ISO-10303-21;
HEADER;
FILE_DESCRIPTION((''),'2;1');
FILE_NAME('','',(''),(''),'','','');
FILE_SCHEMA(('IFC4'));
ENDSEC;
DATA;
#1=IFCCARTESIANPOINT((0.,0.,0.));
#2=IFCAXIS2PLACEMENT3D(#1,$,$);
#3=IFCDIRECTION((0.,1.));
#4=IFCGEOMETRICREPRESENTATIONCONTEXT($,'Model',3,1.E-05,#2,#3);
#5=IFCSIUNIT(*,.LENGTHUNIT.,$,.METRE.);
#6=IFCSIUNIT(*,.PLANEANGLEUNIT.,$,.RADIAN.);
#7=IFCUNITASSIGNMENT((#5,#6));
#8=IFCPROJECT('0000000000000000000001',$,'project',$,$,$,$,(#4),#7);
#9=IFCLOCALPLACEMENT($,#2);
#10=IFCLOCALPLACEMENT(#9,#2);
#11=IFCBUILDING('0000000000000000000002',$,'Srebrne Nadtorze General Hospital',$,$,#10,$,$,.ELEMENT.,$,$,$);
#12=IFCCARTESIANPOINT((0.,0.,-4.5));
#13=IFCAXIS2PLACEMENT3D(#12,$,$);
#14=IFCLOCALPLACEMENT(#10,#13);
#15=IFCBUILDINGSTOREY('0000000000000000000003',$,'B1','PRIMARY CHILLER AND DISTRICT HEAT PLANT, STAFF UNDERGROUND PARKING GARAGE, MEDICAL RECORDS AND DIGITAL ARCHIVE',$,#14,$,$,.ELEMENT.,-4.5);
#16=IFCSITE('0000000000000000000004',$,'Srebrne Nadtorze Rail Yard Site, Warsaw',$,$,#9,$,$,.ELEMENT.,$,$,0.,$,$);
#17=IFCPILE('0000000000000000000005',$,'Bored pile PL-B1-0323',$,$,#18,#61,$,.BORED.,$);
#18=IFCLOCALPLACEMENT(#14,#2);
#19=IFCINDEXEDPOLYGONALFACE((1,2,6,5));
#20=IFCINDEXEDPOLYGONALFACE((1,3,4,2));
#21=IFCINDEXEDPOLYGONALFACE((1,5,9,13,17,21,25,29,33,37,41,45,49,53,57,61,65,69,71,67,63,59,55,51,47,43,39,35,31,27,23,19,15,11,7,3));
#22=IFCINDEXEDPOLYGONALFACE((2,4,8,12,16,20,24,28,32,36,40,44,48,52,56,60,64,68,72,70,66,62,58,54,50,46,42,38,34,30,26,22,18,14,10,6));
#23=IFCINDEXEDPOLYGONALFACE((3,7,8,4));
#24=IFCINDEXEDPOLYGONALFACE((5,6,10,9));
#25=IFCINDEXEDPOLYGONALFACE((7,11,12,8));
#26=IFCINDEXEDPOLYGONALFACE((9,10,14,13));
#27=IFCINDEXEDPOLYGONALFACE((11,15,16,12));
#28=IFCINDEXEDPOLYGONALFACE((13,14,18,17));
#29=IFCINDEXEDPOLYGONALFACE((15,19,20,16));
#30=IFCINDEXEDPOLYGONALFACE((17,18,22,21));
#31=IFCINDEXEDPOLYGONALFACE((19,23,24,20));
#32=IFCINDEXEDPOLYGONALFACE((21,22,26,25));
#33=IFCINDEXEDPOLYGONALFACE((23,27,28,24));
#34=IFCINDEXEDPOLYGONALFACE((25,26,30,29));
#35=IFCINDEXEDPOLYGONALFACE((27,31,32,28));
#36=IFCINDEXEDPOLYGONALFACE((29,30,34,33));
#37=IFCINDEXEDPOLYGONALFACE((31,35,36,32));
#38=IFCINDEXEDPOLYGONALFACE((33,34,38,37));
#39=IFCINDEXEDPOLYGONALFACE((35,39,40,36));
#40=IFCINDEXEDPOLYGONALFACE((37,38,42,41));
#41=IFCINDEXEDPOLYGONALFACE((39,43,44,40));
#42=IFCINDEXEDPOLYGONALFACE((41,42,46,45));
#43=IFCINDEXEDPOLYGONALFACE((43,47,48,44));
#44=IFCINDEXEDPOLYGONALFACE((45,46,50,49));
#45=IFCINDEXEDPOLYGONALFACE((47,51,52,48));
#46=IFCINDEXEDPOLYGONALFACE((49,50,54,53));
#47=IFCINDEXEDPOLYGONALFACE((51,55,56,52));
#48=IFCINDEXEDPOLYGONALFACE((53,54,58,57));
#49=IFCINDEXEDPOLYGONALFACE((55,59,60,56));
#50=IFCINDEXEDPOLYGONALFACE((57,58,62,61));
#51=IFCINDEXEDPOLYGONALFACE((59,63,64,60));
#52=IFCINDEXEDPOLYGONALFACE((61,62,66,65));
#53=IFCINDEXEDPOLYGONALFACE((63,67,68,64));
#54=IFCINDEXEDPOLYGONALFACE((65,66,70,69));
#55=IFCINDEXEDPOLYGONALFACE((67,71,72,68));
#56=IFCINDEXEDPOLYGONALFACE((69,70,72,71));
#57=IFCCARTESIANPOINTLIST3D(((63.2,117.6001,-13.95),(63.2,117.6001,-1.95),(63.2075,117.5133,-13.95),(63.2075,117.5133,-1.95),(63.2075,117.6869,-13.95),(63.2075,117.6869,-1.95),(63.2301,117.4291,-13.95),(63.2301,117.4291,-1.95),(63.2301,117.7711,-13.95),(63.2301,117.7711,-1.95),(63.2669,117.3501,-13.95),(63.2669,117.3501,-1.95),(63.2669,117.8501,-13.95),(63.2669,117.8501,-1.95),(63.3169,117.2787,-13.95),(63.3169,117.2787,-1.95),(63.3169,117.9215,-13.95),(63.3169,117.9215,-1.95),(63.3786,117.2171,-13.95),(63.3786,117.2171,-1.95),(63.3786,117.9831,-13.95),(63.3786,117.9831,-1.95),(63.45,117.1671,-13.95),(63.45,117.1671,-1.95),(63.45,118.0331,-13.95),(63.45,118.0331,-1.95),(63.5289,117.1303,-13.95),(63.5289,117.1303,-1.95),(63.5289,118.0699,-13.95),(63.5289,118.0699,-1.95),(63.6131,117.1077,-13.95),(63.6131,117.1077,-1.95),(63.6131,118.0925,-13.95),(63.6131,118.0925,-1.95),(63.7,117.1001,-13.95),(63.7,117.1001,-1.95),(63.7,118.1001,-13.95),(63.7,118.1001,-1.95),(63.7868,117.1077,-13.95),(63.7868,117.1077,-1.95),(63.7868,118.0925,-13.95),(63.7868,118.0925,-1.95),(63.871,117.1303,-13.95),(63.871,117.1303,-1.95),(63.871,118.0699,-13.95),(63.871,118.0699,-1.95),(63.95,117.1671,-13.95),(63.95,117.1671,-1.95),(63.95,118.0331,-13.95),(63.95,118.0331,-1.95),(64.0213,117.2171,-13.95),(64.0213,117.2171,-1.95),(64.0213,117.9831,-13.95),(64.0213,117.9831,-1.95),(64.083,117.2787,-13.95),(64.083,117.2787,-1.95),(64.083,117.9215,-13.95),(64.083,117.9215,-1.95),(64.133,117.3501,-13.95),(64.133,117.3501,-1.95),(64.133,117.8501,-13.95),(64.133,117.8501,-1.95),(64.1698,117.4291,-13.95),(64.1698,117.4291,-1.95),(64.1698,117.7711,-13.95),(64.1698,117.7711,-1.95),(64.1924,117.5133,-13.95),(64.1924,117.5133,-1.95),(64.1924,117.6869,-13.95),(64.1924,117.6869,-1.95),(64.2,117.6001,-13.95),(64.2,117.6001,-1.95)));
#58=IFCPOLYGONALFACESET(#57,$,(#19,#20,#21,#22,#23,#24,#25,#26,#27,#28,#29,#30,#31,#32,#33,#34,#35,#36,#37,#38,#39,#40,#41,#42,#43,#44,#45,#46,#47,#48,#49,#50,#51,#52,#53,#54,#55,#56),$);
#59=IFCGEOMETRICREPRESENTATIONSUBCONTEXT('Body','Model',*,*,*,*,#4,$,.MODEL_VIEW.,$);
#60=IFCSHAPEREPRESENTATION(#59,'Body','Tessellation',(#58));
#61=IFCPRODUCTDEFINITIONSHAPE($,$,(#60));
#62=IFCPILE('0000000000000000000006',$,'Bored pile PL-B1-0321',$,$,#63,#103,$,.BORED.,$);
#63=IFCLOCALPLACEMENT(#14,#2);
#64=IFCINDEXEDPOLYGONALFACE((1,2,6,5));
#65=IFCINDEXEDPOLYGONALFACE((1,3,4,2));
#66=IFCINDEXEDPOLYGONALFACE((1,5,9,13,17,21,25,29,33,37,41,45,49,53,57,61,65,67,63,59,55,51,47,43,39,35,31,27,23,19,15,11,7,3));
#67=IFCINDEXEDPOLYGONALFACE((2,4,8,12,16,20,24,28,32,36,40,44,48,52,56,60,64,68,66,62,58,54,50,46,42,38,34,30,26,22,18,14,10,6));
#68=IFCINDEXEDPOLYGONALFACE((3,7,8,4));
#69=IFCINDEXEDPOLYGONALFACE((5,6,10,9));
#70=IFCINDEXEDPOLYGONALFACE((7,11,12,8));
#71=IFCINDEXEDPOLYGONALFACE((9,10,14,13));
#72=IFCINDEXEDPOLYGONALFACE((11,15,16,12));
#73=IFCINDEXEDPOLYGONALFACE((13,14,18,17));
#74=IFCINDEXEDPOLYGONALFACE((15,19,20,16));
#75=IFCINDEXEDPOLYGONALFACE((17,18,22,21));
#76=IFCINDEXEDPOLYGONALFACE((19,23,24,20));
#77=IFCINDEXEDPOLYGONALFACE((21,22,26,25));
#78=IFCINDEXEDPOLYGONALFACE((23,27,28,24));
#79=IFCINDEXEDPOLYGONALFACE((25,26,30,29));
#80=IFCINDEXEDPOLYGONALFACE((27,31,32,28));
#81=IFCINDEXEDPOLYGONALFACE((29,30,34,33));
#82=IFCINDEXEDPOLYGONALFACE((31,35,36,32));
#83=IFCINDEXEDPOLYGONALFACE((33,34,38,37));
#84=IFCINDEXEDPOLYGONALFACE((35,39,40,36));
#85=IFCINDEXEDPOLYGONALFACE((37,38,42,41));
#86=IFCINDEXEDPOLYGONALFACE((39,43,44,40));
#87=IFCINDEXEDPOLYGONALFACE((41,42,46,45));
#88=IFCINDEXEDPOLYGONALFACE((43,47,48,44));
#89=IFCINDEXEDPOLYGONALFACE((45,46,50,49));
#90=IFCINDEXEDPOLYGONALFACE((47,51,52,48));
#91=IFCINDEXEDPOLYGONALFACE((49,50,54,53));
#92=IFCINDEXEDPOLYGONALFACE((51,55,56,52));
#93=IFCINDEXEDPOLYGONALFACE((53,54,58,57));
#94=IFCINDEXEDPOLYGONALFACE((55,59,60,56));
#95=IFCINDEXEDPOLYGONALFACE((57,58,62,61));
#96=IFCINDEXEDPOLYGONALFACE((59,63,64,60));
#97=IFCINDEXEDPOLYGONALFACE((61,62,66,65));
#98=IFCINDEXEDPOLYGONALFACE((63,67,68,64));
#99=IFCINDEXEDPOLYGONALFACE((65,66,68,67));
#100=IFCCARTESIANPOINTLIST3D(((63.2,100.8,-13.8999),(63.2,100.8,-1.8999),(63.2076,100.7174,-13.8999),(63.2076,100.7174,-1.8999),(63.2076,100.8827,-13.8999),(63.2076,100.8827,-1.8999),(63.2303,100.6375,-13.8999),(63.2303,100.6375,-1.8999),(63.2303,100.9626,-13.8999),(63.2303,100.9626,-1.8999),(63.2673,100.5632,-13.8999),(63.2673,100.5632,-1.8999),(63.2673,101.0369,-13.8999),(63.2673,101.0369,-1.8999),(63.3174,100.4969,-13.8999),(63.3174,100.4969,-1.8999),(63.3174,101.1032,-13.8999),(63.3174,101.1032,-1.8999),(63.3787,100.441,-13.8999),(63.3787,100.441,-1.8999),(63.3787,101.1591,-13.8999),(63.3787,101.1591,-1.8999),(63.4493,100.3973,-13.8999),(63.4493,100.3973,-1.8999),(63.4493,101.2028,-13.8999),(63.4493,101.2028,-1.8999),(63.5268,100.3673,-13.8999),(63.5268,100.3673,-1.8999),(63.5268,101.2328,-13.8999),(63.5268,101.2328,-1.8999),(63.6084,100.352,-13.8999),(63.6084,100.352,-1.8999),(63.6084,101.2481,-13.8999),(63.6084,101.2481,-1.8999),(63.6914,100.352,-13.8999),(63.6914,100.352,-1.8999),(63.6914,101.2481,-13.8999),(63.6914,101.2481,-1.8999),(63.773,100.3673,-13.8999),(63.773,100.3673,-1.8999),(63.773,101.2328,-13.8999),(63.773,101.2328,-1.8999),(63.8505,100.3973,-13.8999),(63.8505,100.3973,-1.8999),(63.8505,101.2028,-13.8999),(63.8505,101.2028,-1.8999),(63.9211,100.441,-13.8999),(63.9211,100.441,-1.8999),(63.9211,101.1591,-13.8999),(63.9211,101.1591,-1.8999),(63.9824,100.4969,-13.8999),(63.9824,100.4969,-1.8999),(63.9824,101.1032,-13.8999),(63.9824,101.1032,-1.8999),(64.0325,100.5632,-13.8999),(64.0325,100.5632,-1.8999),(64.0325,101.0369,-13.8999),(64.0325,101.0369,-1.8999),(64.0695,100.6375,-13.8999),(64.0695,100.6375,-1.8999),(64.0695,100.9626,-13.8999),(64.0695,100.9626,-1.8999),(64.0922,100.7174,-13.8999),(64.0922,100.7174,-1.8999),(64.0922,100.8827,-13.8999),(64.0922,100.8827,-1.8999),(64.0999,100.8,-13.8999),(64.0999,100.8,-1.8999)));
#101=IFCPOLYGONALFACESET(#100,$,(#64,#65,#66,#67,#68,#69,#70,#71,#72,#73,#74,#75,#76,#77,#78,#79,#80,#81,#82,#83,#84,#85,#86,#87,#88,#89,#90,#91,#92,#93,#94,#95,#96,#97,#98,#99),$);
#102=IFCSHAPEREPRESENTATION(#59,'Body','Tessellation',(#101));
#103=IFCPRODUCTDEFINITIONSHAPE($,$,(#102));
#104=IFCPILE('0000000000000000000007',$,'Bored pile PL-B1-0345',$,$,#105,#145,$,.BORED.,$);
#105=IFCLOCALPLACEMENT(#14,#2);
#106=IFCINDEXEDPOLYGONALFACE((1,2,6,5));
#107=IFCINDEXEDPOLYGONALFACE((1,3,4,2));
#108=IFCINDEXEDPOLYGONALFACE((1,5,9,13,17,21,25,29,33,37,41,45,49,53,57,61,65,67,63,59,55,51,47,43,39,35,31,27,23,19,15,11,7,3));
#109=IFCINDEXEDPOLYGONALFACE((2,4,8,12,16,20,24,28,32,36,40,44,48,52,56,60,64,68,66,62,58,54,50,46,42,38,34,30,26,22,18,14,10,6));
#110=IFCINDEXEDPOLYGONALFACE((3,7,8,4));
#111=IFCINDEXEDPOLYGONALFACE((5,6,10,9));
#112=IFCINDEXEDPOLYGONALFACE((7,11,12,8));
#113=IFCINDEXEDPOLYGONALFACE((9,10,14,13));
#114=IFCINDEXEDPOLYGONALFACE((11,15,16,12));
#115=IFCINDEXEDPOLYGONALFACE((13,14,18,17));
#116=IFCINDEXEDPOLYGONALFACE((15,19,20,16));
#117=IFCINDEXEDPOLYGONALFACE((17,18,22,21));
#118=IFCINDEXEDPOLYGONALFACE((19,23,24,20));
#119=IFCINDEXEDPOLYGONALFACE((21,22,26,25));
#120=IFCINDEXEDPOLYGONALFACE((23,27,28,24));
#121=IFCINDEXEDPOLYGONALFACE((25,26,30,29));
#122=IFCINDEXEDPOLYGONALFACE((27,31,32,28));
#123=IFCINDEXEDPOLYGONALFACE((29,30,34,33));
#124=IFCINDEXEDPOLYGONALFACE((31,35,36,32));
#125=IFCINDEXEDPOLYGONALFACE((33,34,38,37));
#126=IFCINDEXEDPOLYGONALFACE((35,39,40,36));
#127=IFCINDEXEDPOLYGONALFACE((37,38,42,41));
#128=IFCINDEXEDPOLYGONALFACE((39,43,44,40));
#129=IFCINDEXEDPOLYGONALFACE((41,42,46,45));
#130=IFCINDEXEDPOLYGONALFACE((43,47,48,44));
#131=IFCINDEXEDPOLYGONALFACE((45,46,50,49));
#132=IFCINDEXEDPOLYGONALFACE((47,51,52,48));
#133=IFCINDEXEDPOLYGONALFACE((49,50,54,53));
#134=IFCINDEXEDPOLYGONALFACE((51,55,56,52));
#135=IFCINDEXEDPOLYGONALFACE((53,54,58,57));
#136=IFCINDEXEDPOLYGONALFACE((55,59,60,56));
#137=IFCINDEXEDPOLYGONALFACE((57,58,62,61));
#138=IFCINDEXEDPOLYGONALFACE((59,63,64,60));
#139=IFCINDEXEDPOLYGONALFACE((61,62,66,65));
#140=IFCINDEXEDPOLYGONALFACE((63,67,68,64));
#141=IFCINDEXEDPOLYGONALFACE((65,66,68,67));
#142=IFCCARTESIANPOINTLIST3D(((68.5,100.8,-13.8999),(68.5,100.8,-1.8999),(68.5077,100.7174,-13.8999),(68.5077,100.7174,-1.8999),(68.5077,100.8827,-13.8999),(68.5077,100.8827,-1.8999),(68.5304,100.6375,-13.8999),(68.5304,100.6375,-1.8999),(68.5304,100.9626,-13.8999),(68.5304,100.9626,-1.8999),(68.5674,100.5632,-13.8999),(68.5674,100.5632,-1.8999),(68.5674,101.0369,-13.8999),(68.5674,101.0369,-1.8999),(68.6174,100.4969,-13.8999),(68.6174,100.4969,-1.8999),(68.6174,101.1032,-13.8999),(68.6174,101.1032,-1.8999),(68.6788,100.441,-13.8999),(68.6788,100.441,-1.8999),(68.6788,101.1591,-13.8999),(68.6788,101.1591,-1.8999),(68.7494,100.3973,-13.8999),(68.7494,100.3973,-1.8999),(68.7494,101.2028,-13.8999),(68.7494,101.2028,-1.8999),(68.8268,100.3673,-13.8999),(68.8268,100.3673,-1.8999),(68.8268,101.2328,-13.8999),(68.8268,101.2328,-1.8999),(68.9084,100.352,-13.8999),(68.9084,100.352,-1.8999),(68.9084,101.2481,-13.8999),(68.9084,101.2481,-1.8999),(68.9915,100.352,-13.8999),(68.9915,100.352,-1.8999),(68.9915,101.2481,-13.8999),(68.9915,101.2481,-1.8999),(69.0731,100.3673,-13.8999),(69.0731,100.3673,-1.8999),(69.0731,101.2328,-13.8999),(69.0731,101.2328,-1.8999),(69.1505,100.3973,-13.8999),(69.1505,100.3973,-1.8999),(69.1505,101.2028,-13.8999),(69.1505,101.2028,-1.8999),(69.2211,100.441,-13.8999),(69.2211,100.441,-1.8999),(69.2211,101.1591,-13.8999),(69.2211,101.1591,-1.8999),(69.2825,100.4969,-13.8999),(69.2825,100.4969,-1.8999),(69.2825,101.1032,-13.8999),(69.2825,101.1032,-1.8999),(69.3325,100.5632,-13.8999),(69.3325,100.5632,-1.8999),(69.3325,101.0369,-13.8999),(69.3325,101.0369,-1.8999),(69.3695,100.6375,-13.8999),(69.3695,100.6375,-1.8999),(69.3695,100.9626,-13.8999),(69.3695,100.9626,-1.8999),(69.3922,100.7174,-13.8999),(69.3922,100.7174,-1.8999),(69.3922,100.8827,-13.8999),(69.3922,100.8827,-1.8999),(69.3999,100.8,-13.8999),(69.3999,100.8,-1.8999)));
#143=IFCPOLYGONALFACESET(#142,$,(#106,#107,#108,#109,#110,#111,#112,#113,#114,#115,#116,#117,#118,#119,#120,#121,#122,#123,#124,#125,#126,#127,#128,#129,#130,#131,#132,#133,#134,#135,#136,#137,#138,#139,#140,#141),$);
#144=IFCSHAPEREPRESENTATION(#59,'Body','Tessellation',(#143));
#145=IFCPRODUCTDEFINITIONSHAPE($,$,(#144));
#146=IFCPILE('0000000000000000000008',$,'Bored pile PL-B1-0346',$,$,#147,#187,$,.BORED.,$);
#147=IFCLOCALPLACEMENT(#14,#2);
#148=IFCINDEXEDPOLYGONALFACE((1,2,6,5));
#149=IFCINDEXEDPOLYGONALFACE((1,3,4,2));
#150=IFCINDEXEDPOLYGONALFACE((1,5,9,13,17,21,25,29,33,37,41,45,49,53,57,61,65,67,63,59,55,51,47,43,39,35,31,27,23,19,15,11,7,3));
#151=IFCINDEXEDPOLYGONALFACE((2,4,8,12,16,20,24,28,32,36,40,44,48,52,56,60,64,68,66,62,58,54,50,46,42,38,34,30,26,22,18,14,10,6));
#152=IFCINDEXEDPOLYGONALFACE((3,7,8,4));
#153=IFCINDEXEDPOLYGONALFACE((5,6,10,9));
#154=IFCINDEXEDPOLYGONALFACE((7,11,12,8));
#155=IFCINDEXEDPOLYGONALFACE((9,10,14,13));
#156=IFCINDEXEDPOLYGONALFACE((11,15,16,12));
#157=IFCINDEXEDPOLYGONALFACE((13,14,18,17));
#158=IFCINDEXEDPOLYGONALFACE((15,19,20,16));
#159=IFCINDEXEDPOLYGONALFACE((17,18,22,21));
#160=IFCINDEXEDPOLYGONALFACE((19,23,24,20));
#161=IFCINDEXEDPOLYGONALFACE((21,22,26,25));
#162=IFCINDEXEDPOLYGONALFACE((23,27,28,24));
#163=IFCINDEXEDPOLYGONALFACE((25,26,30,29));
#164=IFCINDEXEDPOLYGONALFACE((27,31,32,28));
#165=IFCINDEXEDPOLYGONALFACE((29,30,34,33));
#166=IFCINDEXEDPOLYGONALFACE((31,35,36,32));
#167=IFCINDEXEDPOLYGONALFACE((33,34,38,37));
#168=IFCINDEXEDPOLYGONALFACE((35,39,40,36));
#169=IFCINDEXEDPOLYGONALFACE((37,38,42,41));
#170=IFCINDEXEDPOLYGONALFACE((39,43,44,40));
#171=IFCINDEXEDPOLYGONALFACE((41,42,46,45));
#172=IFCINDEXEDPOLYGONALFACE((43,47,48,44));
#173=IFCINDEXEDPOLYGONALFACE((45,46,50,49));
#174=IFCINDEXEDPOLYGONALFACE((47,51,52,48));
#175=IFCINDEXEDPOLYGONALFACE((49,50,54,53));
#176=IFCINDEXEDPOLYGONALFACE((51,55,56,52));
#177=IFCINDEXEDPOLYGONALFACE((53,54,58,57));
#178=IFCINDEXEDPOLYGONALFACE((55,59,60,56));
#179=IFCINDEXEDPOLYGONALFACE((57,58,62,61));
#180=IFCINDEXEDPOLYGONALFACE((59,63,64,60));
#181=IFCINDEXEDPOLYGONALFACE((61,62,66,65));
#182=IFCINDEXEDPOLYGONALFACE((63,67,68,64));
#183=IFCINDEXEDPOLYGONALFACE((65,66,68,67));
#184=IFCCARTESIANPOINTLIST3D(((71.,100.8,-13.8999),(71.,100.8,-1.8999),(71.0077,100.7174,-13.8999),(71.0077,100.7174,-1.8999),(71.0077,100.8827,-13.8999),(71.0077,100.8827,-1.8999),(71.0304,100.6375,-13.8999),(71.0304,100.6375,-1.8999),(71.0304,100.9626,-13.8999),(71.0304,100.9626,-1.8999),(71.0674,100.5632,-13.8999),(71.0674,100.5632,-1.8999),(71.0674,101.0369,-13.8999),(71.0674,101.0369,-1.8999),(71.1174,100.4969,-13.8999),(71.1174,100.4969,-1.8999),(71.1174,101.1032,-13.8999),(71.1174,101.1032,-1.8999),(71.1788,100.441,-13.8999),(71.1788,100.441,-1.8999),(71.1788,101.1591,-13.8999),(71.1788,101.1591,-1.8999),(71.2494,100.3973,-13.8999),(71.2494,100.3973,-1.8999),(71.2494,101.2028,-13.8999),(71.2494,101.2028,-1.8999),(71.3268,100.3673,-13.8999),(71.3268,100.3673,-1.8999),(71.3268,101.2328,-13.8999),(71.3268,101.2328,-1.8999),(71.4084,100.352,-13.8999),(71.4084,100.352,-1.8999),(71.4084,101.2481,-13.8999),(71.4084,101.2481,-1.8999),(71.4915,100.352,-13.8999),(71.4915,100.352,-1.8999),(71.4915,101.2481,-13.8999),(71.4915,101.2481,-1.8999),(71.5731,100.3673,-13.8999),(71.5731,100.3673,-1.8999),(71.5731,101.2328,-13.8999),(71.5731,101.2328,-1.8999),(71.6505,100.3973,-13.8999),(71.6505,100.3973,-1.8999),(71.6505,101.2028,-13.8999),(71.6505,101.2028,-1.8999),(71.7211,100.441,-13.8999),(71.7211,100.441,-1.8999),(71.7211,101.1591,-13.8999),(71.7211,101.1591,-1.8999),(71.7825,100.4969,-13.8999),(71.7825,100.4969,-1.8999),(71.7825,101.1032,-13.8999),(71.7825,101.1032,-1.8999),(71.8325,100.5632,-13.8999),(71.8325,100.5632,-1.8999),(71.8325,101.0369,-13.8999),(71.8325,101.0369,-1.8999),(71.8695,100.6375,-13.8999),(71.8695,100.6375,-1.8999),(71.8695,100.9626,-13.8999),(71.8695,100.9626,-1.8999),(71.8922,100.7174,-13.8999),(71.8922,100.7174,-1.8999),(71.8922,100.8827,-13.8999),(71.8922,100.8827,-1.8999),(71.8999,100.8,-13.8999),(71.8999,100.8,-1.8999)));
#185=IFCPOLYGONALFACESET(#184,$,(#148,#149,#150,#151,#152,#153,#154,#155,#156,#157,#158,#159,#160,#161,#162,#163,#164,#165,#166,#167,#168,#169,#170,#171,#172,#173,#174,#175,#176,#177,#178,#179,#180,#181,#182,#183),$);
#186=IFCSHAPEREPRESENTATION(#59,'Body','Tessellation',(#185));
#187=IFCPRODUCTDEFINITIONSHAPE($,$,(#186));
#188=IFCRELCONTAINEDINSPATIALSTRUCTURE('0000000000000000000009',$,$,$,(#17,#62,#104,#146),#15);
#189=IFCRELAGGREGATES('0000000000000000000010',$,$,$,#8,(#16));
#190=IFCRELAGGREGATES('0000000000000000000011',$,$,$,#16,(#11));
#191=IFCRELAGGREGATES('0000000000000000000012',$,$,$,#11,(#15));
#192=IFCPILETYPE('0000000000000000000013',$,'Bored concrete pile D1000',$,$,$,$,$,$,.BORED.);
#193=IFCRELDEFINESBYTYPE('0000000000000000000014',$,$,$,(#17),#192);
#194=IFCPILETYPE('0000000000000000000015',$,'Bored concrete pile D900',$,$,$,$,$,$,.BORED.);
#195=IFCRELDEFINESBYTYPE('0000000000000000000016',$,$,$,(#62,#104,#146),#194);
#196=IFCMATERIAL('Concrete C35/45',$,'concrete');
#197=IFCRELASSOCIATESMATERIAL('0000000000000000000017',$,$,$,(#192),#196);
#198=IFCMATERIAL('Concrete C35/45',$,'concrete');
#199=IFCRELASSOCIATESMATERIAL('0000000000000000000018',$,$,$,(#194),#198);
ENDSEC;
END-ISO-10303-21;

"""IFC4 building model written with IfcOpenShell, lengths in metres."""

from ifc_helpers import new_model, si_unit, direction, frame, origin, origin_2d, place, context, subcontext, project, spatial, circle, extrude, material, material_profile, profile_set, type_object, element, save


model = new_model("IFC4")

# Units and contexts
model_context = context("Model", 3, precision=1e-05, world=origin(), true_north=direction((0.0, 1.0)))
body_context = subcontext(model_context, "Body", "Model", "MODEL_VIEW")
ifc_project = project(units=[si_unit("LENGTHUNIT", "METRE"), si_unit("PLANEANGLEUNIT", "RADIAN")], contexts=[model_context])

# Site, building, storey
site_placement = place(None, origin())
site = spatial("IfcSite", under=ifc_project, at=site_placement, Name="Srebrne Nadtorze Rail Yard Site, Warsaw", CompositionType="ELEMENT", RefElevation=0.0)
building_placement = place(site_placement, origin())
building = spatial("IfcBuilding", under=site, at=building_placement, Name="Srebrne Nadtorze General Hospital", CompositionType="ELEMENT")
storey_placement = place(building_placement, frame((0.0, 0.0, -4.5)))
storey = spatial("IfcBuildingStorey", under=building, at=storey_placement, Name="B1", Description="PRIMARY CHILLER AND DISTRICT HEAT PLANT, STAFF UNDERGROUND PARKING GARAGE, MEDICAL RECORDS AND DIGITAL ARCHIVE", CompositionType="ELEMENT", Elevation=-4.5)

# Piles
ifc_material_1 = material(Name="Concrete C35/45", Category="concrete")
ifc_material_profile_1 = material_profile(ifc_material_1, circle(Radius=0.5, at=origin_2d()), Name="PILE-D1000")
ifc_profile_set_1 = profile_set([ifc_material_profile_1], Name="Concrete C35/45")
pile_type_1 = type_object("IfcPileType", Name="Bored concrete pile D1000", PredefinedType="BORED", material=ifc_profile_set_1)
pile_placement = place(storey_placement, frame((63.7, 117.6001, -1.95), z_axis=(0.0, 0.0, -1.0), x_axis=(1.0, 0.0, 0.0)))
element("IfcPile", 1, at=pile_placement, inside=storey, type_object=pile_type_1, Name="Bored pile PL-B1-0323", PredefinedType="BORED", context=body_context, shape_type="SweptSolid", body=[
    extrude(circle(Radius=0.5, at=origin_2d()), origin(), (0.0, 0.0, 1.0), 12.0),
])
ifc_material_2 = material(Name="Concrete C35/45", Category="concrete")
ifc_material_profile_2 = material_profile(ifc_material_2, circle(Radius=0.45, at=origin_2d()), Name="PILE-D900")
ifc_profile_set_2 = profile_set([ifc_material_profile_2], Name="Concrete C35/45")
pile_type_2 = type_object("IfcPileType", Name="Bored concrete pile D900", PredefinedType="BORED", material=ifc_profile_set_2)
for number, where, z_axis, x_axis, name in (
    (2, (63.6499, 100.8, -1.8999), (0.0, 0.0, -1.0), (1.0, 0.0, 0.0), "Bored pile PL-B1-0321"),
    (3, (68.95, 100.8, -1.8999), (0.0, 0.0, -1.0), (1.0, 0.0, 0.0), "Bored pile PL-B1-0345"),
    (4, (71.45, 100.8, -1.8999), (0.0, 0.0, -1.0), (1.0, 0.0, 0.0), "Bored pile PL-B1-0346"),
):
    element("IfcPile", number, at=place(storey_placement, frame(where, z_axis=z_axis, x_axis=x_axis)), inside=storey, type_object=pile_type_2, Name=name, PredefinedType="BORED", context=body_context, shape_type="SweptSolid", body=[
        extrude(circle(Radius=0.45, at=origin_2d()), origin(), (0.0, 0.0, 1.0), 12.0),
    ])

save(model, "model.ifc")
